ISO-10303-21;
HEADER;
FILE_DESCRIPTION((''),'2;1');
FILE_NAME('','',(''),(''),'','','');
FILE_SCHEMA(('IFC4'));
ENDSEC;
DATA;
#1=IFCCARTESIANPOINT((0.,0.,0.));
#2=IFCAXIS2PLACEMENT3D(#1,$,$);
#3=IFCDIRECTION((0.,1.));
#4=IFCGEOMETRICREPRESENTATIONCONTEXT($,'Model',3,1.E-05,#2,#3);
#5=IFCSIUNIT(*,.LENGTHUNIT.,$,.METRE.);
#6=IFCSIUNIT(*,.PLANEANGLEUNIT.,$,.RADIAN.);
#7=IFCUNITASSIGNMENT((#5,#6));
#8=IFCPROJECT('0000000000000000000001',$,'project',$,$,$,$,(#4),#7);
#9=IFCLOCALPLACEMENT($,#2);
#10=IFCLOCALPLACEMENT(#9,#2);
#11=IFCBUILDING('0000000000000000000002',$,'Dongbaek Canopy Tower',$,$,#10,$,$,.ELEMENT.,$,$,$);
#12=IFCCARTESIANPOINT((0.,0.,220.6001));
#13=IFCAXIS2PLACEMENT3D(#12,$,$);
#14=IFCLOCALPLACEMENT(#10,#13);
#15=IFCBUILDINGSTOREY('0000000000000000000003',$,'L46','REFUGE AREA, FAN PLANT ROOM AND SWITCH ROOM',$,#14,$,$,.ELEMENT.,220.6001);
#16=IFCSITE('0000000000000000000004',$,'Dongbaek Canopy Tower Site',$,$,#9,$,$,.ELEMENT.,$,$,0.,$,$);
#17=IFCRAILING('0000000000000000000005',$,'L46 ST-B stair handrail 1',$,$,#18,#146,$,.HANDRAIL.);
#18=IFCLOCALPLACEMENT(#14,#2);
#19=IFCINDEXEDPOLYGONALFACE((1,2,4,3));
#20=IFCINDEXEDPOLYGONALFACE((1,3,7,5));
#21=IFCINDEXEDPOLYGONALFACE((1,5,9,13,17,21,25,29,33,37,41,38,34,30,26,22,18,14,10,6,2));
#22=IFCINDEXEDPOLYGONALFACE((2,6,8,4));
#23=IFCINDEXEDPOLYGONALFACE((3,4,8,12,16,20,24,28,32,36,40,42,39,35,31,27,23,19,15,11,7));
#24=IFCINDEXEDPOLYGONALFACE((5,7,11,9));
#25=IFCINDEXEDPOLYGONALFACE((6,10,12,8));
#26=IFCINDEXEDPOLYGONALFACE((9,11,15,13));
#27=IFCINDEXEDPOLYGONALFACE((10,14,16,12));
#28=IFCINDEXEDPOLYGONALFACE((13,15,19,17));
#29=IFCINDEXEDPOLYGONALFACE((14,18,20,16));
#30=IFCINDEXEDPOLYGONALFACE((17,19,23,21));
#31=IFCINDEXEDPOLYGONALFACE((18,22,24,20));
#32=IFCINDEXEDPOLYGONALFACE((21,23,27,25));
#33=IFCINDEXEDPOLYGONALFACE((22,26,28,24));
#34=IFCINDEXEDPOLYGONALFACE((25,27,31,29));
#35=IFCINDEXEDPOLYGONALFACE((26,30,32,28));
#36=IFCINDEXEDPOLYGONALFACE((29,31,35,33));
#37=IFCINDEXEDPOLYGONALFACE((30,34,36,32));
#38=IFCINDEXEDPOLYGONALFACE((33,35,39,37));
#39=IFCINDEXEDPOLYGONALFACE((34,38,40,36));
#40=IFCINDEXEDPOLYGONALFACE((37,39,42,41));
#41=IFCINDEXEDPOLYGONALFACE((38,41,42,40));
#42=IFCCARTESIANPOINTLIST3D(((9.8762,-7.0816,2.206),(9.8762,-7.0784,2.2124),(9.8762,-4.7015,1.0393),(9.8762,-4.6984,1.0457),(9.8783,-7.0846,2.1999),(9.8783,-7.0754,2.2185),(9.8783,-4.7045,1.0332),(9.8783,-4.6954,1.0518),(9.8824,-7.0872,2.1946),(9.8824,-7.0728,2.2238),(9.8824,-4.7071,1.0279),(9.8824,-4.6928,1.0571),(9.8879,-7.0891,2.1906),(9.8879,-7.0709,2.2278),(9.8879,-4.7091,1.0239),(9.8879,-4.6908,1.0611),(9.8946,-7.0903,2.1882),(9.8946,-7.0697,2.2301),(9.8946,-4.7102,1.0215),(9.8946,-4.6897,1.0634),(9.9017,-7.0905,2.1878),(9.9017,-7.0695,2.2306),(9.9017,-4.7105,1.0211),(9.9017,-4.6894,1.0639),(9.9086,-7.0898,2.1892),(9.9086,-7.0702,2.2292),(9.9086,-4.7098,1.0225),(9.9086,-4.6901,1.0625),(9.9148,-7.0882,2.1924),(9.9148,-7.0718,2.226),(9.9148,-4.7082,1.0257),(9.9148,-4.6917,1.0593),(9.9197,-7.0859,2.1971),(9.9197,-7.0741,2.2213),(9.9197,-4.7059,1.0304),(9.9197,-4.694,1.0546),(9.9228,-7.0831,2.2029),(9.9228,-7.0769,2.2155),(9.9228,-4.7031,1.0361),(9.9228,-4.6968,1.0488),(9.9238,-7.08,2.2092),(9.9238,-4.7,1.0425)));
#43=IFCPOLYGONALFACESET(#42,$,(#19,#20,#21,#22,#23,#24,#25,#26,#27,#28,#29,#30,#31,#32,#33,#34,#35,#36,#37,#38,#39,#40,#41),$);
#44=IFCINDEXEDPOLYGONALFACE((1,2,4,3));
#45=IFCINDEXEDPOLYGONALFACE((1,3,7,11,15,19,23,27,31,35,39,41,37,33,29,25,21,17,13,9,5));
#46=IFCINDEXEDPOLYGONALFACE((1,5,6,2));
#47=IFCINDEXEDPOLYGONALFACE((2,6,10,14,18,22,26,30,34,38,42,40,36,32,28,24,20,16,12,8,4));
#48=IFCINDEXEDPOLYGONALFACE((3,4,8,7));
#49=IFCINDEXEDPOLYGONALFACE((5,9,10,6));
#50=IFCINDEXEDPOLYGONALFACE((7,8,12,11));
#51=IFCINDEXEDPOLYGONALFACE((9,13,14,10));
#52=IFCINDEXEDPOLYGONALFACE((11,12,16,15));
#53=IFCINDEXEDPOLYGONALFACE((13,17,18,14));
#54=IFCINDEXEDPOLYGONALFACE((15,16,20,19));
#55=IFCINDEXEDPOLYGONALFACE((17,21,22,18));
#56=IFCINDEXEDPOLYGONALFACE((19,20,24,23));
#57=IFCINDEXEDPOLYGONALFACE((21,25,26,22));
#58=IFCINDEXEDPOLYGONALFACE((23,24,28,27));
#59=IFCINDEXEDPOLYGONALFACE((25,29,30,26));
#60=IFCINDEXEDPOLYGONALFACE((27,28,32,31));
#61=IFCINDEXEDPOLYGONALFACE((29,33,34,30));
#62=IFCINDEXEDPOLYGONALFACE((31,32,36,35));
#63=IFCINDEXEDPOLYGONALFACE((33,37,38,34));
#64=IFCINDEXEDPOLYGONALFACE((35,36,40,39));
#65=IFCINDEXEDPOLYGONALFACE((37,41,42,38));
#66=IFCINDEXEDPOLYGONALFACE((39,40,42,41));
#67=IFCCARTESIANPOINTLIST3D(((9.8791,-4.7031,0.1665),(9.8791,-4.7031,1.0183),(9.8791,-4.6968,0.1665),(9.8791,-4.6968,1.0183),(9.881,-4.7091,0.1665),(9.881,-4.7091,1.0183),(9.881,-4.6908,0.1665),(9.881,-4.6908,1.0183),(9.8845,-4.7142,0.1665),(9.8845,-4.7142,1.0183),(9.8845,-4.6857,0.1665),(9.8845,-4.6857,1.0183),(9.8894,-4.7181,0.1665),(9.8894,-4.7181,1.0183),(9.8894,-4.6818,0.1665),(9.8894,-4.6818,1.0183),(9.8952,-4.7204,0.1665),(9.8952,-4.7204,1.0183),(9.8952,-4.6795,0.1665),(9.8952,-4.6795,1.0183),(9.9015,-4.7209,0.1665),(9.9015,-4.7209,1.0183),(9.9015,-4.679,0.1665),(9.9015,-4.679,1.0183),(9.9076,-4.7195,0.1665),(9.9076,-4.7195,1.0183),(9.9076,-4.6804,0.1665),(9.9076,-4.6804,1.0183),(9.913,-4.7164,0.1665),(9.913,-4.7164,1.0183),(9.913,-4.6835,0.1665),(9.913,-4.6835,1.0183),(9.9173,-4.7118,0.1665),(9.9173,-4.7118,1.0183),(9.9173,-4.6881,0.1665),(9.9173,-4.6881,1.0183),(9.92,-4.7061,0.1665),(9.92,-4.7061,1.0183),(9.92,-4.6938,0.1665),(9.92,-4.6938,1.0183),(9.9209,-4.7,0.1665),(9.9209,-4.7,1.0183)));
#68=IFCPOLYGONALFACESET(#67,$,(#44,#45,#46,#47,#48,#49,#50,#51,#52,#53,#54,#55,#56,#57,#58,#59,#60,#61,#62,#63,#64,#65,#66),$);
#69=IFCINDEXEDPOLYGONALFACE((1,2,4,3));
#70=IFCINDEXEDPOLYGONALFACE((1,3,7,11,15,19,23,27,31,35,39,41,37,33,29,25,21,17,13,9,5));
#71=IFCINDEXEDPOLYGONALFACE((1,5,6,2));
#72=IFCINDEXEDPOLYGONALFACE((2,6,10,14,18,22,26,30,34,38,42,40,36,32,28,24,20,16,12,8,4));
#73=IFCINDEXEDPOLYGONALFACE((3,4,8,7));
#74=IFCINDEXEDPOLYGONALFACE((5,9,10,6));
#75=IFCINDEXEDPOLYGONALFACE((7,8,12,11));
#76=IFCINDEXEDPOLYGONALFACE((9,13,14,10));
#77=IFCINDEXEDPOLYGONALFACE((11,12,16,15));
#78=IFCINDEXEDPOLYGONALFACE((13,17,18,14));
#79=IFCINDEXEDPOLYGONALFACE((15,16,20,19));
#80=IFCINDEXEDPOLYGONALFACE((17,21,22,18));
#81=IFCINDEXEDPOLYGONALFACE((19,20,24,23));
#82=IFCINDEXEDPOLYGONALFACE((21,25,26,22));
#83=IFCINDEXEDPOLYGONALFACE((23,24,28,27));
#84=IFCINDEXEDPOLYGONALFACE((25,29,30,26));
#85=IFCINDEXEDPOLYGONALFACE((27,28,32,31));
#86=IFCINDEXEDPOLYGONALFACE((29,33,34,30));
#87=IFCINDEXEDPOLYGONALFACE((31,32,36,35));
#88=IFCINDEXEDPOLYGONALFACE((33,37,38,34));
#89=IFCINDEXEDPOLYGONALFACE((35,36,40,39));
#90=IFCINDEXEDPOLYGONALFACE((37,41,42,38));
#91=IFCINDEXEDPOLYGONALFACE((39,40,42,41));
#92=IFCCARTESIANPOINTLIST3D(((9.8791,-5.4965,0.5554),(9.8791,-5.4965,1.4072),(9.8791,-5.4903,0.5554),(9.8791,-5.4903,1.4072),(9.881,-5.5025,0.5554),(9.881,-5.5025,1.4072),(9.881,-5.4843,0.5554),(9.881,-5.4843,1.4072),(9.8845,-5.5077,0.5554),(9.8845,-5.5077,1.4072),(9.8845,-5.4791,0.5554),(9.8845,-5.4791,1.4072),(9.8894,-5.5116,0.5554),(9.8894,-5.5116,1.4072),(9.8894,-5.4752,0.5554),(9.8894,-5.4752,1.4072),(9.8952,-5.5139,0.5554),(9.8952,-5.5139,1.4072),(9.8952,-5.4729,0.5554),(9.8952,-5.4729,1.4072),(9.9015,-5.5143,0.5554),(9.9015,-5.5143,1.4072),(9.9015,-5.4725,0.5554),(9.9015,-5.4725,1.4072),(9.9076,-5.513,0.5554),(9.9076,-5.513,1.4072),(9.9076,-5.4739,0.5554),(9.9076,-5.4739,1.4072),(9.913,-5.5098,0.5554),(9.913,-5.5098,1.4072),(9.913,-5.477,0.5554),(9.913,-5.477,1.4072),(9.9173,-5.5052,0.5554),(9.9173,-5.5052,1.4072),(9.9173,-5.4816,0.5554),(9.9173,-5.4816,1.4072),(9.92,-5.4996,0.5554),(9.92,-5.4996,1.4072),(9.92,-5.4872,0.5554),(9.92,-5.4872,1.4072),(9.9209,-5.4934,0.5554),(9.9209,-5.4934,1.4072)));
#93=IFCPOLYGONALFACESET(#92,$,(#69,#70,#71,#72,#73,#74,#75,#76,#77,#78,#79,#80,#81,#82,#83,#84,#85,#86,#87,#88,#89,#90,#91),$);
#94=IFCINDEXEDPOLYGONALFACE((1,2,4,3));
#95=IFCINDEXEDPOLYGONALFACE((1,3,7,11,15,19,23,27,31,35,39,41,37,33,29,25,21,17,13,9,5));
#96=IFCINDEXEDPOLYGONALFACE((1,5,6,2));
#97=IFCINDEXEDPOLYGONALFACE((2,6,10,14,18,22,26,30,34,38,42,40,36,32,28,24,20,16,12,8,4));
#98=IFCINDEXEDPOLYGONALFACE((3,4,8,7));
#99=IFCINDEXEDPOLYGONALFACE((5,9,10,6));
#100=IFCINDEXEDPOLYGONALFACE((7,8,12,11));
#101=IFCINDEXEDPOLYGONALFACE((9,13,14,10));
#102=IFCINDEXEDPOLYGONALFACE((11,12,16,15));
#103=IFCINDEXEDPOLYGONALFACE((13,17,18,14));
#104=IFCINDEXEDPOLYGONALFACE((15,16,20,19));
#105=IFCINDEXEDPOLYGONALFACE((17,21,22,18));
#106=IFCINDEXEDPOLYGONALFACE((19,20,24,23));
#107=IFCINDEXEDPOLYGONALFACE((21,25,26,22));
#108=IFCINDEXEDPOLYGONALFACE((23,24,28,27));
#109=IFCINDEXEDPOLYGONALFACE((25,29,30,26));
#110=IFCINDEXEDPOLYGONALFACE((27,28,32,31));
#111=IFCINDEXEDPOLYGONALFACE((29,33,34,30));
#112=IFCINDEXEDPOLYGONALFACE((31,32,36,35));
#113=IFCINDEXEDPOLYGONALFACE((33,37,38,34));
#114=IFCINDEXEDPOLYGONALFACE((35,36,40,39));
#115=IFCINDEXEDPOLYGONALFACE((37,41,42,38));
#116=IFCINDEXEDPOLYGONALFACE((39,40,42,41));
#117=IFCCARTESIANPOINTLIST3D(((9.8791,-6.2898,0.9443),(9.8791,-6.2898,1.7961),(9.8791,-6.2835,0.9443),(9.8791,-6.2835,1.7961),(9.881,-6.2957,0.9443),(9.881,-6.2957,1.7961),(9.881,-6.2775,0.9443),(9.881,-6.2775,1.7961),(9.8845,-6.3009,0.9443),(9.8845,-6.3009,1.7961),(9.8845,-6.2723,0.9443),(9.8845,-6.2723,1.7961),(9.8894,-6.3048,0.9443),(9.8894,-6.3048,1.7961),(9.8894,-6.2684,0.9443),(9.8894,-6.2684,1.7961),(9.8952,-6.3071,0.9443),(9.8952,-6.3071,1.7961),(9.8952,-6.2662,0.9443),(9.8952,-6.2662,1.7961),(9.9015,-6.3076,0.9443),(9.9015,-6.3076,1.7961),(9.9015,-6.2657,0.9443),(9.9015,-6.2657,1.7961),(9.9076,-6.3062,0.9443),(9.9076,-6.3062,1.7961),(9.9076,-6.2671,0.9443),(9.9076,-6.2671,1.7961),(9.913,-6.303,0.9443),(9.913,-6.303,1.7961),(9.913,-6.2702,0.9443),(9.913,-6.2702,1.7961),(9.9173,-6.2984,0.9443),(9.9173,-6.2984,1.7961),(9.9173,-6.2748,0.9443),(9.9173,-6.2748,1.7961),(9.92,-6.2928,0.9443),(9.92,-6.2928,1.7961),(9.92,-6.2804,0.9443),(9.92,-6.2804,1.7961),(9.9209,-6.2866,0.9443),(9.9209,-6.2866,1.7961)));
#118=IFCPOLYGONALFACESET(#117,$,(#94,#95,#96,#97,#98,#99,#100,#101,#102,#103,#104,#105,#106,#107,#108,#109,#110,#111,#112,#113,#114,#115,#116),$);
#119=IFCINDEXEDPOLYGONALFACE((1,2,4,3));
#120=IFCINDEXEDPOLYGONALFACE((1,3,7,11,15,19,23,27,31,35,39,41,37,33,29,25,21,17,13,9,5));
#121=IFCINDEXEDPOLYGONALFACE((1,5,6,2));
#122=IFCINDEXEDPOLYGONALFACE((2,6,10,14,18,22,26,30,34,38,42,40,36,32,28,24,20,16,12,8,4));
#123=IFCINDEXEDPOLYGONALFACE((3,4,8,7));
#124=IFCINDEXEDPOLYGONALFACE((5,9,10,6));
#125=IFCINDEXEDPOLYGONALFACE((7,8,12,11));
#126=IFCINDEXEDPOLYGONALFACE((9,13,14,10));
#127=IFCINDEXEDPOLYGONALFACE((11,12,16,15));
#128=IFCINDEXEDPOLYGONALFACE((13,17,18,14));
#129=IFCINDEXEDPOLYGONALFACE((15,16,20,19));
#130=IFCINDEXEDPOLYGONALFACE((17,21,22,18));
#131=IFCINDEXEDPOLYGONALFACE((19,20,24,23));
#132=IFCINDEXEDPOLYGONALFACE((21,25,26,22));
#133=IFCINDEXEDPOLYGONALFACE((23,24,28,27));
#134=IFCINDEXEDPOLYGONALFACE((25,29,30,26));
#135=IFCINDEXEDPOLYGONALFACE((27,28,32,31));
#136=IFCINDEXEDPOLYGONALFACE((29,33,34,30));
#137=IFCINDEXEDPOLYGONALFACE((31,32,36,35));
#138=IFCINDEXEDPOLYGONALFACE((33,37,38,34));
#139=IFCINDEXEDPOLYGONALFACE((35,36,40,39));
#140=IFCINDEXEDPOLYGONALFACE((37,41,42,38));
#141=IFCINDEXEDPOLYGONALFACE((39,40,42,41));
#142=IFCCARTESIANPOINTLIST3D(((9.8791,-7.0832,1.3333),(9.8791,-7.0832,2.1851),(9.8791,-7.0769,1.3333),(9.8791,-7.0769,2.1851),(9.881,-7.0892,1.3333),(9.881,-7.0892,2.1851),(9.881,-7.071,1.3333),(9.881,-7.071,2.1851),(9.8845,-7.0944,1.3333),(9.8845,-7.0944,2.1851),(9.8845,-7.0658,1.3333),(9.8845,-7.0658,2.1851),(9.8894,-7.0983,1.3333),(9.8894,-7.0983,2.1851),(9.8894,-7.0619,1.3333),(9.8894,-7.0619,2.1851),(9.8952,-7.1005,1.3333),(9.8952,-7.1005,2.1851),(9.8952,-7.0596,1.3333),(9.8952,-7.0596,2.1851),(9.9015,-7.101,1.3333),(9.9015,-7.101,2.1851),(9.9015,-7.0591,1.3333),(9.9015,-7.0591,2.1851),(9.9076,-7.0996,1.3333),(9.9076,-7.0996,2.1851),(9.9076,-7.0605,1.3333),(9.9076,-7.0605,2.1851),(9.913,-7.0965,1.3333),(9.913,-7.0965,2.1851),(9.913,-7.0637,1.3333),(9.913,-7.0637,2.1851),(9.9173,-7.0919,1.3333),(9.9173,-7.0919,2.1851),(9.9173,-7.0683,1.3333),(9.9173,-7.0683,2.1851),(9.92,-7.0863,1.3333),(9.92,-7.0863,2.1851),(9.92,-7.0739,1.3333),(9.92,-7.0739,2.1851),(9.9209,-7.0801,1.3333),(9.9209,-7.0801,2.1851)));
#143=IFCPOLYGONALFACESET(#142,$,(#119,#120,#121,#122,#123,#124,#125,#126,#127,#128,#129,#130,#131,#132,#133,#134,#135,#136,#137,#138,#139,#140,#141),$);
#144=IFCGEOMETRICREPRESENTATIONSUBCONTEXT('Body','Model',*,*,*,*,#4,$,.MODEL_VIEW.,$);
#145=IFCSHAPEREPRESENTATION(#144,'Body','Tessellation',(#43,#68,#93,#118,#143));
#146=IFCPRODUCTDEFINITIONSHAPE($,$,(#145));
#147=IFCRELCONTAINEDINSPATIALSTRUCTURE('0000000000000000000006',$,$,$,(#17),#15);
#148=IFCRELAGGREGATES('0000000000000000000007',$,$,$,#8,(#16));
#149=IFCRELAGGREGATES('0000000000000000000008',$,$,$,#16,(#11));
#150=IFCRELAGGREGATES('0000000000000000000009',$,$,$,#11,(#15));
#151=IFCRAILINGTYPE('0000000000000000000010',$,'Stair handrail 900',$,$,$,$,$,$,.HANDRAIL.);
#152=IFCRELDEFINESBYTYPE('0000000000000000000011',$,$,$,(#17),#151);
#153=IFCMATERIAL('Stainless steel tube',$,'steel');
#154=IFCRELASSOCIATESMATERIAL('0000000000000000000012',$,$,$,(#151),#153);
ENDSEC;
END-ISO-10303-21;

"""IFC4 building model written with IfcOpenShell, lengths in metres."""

from ifc_helpers import new_model, si_unit, direction, frame, origin, origin_2d, place, context, subcontext, project, spatial, circle, extrude, material, type_object, element, save


model = new_model("IFC4")

# Units and contexts
model_context = context("Model", 3, precision=1e-05, world=origin(), true_north=direction((0.0, 1.0)))
body_context = subcontext(model_context, "Body", "Model", "MODEL_VIEW")
ifc_project = project(units=[si_unit("LENGTHUNIT", "METRE"), si_unit("PLANEANGLEUNIT", "RADIAN")], contexts=[model_context])

# Site, building, storey
site_placement = place(None, origin())
site = spatial("IfcSite", under=ifc_project, at=site_placement, Name="Dongbaek Canopy Tower Site", CompositionType="ELEMENT", RefElevation=0.0)
building_placement = place(site_placement, origin())
building = spatial("IfcBuilding", under=site, at=building_placement, Name="Dongbaek Canopy Tower", CompositionType="ELEMENT")
storey_placement = place(building_placement, frame((0.0, 0.0, 220.6001)))
storey = spatial("IfcBuildingStorey", under=building, at=storey_placement, Name="L46", Description="REFUGE AREA, FAN PLANT ROOM AND SWITCH ROOM", CompositionType="ELEMENT", Elevation=220.6001)

# Railing
ifc_material_1 = material(Name="Stainless steel tube", Category="steel")
railing_type_1 = type_object("IfcRailingType", Name="Stair handrail 900", PredefinedType="HANDRAIL", material=ifc_material_1)
for number, where, name in (
    (1, (9.8999, -4.7, 0.1665), "L46 ST-B stair handrail 1"),
):
    element("IfcRailing", number, at=place(storey_placement, frame(where)), inside=storey, type_object=railing_type_1, Name=name, PredefinedType="HANDRAIL", context=body_context, shape_type="SweptSolid", body=[
        extrude(circle(Radius=0.0239, at=origin_2d()), frame((0.0, 0.0, 0.876), z_axis=(0.0, -0.897918, 0.440163), x_axis=(1.0, 0.0, 0.0)), (0.0, 0.0, 1.0), 2.6506),
        extrude(circle(Radius=0.021, at=origin_2d()), origin(), (0.0, 0.0, 1.0), 0.8518),
        extrude(circle(Radius=0.021, at=origin_2d()), frame((0.0, -0.7935, 0.3889)), (0.0, 0.0, 1.0), 0.8518),
        extrude(circle(Radius=0.021, at=origin_2d()), frame((0.0, -1.5867, 0.7778)), (0.0, 0.0, 1.0), 0.8518),
        extrude(circle(Radius=0.021, at=origin_2d()), frame((0.0, -2.3801, 1.1667)), (0.0, 0.0, 1.0), 0.8518),
    ])

save(model, "model.ifc")
